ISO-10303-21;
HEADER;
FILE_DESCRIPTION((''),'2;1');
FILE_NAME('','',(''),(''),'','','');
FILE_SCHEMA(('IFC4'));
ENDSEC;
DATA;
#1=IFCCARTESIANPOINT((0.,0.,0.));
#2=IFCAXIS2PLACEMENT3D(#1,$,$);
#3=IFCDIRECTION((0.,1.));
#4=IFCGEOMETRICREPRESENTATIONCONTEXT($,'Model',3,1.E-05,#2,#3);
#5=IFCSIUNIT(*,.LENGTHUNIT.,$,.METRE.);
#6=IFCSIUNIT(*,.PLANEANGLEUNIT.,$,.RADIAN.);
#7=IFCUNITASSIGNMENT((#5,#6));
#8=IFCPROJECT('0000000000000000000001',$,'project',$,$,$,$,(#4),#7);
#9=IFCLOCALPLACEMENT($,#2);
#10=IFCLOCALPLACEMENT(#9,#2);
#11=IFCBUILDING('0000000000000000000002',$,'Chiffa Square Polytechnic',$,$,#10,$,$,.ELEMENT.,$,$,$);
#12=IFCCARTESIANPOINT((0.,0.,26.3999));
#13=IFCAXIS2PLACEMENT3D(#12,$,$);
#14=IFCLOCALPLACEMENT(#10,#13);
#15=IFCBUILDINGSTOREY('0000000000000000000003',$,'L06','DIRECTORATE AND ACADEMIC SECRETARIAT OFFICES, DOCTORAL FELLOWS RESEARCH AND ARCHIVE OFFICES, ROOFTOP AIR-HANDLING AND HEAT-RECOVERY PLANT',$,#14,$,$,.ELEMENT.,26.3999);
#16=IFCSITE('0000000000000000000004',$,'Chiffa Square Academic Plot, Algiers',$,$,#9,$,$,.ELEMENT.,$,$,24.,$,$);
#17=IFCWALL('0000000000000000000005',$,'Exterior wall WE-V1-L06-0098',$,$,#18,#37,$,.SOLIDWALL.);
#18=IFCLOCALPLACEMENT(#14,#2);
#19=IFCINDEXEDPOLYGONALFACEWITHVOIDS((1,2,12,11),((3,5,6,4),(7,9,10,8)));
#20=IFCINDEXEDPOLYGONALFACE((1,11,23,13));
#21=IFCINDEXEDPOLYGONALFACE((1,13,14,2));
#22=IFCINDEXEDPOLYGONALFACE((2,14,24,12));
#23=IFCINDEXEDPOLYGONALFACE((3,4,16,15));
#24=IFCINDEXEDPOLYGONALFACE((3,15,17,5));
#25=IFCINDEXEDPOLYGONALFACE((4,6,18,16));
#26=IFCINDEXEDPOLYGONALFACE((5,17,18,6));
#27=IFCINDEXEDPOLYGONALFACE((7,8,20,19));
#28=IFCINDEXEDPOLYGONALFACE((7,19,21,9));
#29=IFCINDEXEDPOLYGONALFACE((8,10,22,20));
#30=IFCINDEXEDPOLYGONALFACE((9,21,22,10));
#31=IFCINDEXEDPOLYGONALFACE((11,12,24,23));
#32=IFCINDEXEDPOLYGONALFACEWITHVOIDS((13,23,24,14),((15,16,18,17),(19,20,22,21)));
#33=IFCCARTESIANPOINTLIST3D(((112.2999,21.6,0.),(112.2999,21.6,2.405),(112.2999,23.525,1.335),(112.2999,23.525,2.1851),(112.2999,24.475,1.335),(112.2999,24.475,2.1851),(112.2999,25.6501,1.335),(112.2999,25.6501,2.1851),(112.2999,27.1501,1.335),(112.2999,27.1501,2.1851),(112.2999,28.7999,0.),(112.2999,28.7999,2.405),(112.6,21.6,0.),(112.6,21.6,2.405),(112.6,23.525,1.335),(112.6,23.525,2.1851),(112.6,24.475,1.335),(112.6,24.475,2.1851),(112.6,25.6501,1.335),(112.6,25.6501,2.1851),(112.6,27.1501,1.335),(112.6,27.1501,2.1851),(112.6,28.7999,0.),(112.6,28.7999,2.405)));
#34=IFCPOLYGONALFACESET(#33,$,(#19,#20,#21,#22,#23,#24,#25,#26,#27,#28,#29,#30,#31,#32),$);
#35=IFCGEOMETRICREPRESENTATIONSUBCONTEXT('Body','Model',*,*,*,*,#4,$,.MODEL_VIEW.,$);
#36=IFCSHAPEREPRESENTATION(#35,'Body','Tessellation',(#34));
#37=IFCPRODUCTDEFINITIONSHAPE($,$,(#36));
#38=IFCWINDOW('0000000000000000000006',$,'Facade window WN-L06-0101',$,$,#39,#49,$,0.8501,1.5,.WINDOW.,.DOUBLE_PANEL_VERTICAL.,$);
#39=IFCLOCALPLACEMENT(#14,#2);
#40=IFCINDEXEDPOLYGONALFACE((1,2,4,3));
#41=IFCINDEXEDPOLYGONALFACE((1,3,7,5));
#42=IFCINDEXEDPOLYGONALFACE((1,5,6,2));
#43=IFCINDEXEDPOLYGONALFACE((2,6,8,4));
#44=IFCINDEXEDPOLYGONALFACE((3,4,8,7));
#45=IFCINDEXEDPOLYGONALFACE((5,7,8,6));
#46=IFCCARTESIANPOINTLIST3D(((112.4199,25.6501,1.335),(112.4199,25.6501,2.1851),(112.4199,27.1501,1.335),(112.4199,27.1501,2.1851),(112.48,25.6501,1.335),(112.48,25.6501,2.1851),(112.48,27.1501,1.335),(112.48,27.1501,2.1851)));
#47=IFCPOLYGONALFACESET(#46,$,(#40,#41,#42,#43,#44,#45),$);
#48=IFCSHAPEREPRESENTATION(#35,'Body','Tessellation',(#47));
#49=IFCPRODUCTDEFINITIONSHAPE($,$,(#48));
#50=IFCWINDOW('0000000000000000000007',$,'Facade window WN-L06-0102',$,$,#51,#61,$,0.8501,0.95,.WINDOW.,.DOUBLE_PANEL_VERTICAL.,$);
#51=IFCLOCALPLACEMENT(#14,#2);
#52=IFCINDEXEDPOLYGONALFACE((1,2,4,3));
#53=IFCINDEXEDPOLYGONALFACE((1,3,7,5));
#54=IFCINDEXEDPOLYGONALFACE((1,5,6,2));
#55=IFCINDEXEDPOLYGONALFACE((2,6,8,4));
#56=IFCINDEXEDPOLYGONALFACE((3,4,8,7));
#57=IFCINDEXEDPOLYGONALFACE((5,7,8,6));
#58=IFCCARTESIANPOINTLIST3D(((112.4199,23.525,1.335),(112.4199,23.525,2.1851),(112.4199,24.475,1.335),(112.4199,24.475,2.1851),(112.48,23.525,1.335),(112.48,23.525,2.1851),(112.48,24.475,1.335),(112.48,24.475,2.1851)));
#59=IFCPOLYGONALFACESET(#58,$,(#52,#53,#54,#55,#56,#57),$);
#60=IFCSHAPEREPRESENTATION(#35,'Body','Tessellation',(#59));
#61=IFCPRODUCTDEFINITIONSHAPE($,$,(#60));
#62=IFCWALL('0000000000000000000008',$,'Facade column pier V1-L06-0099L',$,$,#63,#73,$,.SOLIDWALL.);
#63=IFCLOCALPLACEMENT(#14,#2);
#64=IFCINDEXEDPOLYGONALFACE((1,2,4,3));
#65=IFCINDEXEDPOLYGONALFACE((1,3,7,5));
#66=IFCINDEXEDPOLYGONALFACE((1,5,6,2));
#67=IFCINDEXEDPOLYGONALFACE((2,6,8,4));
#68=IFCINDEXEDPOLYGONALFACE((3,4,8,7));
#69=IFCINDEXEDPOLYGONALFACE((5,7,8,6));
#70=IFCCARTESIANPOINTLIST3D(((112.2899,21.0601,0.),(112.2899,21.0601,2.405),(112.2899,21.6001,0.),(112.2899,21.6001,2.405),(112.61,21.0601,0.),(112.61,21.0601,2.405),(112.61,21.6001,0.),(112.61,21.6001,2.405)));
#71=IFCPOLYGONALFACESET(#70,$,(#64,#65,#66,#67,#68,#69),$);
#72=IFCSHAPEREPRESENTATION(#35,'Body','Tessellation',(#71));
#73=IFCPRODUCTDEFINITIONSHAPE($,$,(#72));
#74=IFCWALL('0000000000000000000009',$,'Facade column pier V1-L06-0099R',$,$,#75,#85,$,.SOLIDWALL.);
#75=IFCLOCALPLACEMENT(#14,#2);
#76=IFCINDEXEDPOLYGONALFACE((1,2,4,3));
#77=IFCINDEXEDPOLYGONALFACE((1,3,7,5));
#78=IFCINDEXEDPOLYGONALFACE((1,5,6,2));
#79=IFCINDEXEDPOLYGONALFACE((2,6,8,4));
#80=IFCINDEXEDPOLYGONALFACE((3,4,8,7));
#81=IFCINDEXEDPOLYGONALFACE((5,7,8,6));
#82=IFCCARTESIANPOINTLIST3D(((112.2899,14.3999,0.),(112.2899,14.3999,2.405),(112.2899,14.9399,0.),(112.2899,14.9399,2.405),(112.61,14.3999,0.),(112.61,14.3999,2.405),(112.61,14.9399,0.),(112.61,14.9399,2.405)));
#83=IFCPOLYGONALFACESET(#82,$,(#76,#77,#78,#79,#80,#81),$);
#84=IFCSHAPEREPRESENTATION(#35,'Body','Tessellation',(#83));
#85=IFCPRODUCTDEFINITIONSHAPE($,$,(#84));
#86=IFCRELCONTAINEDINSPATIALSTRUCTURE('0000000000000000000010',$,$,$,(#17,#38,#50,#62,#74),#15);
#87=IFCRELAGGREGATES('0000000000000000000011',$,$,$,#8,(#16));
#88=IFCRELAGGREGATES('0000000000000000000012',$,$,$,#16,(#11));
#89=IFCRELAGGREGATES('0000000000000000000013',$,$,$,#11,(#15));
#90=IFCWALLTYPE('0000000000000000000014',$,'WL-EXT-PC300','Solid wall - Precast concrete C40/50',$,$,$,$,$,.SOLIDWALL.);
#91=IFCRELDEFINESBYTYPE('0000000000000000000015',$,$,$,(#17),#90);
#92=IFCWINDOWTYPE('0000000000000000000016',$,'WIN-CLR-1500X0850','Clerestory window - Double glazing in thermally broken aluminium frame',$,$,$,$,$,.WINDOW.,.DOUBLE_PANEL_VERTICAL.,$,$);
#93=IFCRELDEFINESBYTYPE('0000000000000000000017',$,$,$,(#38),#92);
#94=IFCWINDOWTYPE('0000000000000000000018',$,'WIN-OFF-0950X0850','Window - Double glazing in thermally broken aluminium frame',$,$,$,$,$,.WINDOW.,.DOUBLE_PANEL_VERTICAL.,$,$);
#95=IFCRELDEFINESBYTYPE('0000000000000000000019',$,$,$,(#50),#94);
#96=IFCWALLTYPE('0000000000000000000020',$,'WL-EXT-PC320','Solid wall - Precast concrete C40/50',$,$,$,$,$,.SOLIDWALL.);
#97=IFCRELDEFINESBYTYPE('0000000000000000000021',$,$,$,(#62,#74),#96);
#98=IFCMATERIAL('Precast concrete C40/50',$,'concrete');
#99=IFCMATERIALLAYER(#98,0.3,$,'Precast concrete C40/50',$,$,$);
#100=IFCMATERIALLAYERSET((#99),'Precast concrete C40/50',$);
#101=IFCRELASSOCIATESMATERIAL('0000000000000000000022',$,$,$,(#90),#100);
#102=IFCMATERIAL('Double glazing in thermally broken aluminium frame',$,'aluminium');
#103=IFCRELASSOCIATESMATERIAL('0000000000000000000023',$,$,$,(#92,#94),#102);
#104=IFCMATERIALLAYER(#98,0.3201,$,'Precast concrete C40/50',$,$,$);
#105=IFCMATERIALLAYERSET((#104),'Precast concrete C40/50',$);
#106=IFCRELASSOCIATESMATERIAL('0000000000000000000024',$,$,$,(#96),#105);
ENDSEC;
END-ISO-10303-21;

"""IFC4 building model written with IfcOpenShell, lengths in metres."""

from ifc_helpers import new_model, si_unit, direction, frame, frame_2d, origin, place, context, subcontext, project, spatial, rectangle, extrude, material, layer, layer_set, type_object, element, fill, save


model = new_model("IFC4")

# Units and contexts
model_context = context("Model", 3, precision=1e-05, world=origin(), true_north=direction((0.0, 1.0)))
body_context = subcontext(model_context, "Body", "Model", "MODEL_VIEW")
ifc_project = project(units=[si_unit("LENGTHUNIT", "METRE"), si_unit("PLANEANGLEUNIT", "RADIAN")], contexts=[model_context])

# Site, building, storey
site_placement = place(None, origin())
site = spatial("IfcSite", under=ifc_project, at=site_placement, Name="Chiffa Square Academic Plot, Algiers", CompositionType="ELEMENT", RefElevation=24.0)
building_placement = place(site_placement, origin())
building = spatial("IfcBuilding", under=site, at=building_placement, Name="Chiffa Square Polytechnic", CompositionType="ELEMENT")
storey_placement = place(building_placement, frame((0.0, 0.0, 26.3999)))
storey = spatial("IfcBuildingStorey", under=building, at=storey_placement, Name="L06", Description="DIRECTORATE AND ACADEMIC SECRETARIAT OFFICES, DOCTORAL FELLOWS RESEARCH AND ARCHIVE OFFICES, ROOFTOP AIR-HANDLING AND HEAT-RECOVERY PLANT", CompositionType="ELEMENT", Elevation=26.3999)

# Wall, openings, windows
ifc_material_1 = material(Name="Precast concrete C40/50", Category="concrete")
ifc_layer_1 = layer(ifc_material_1, 0.3, Name="Precast concrete C40/50")
ifc_layer_set_1 = layer_set([ifc_layer_1], Name="Precast concrete C40/50")
wall_type_1 = type_object("IfcWallType", Name="WL-EXT-PC300", Description="Solid wall - Precast concrete C40/50", PredefinedType="SOLIDWALL", material=ifc_layer_set_1)
wall_placement = place(storey_placement, frame((112.45, 28.8, 0.0), z_axis=(0.0, 0.0, 1.0), x_axis=(0.0, -1.0, 0.0)))
wall = element("IfcWall", 1, at=wall_placement, inside=storey, type_object=wall_type_1, Name="Exterior wall WE-V1-L06-0098", PredefinedType="SOLIDWALL", context=body_context, shape_type="SweptSolid", body=[
    extrude(rectangle(XDim=7.2, YDim=0.3, at=frame_2d((3.6001, 0.0))), origin(), (0.0, 0.0, 1.0), 2.405),
])
opening_1_placement = place(wall_placement, frame((1.6499, 0.0, 1.335)))
opening_1 = element("IfcOpeningElement", 2, at=opening_1_placement, cuts=wall, PredefinedType="OPENING", context=body_context, shape_type="SweptSolid", body=[
    extrude(rectangle(XDim=1.5, YDim=0.8501, at=frame_2d((0.75, 0.425))), frame((0.0, 0.1602, 0.0), z_axis=(0.0, -1.0, 0.0), x_axis=(1.0, 0.0, 0.0)), (0.0, 0.0, 1.0), 0.3201),
])
opening_2_placement = place(wall_placement, frame((4.325, 0.0, 1.335)))
opening_2 = element("IfcOpeningElement", 3, at=opening_2_placement, cuts=wall, PredefinedType="OPENING", context=body_context, shape_type="SweptSolid", body=[
    extrude(rectangle(XDim=0.95, YDim=0.8501, at=frame_2d((0.4751, 0.425))), frame((0.0, 0.1602, 0.0), z_axis=(0.0, -1.0, 0.0), x_axis=(1.0, 0.0, 0.0)), (0.0, 0.0, 1.0), 0.3201),
])
ifc_material_2 = material(Name="Double glazing in thermally broken aluminium frame", Category="aluminium")
window_type_1 = type_object("IfcWindowType", Name="WIN-CLR-1500X0850", Description="Clerestory window - Double glazing in thermally broken aluminium frame", PartitioningType="DOUBLE_PANEL_VERTICAL", PredefinedType="WINDOW", material=ifc_material_2)
window_1_placement = place(opening_1_placement, origin())
window_1 = element("IfcWindow", 4, at=window_1_placement, inside=storey, type_object=window_type_1, Name="Facade window WN-L06-0101", OverallHeight=0.8501, OverallWidth=1.5, PartitioningType="DOUBLE_PANEL_VERTICAL", PredefinedType="WINDOW", context=body_context, shape_type="SweptSolid", body=[
    extrude(rectangle(XDim=1.5, YDim=0.8501, at=frame_2d((0.75, 0.425))), frame((0.0, 0.03, 0.0), z_axis=(0.0, -1.0, 0.0), x_axis=(1.0, 0.0, 0.0)), (0.0, 0.0, 1.0), 0.0601),
])
fill(opening_1, window_1)
window_type_2 = type_object("IfcWindowType", Name="WIN-OFF-0950X0850", Description="Window - Double glazing in thermally broken aluminium frame", PartitioningType="DOUBLE_PANEL_VERTICAL", PredefinedType="WINDOW", material=ifc_material_2)
window_2_placement = place(opening_2_placement, origin())
window_2 = element("IfcWindow", 5, at=window_2_placement, inside=storey, type_object=window_type_2, Name="Facade window WN-L06-0102", OverallHeight=0.8501, OverallWidth=0.95, PartitioningType="DOUBLE_PANEL_VERTICAL", PredefinedType="WINDOW", context=body_context, shape_type="SweptSolid", body=[
    extrude(rectangle(XDim=0.95, YDim=0.8501, at=frame_2d((0.4751, 0.425))), frame((0.0, 0.03, 0.0), z_axis=(0.0, -1.0, 0.0), x_axis=(1.0, 0.0, 0.0)), (0.0, 0.0, 1.0), 0.0601),
])
fill(opening_2, window_2)

# Walls
ifc_layer_2 = layer(ifc_material_1, 0.3201, Name="Precast concrete C40/50")
ifc_layer_set_2 = layer_set([ifc_layer_2], Name="Precast concrete C40/50")
wall_type_2 = type_object("IfcWallType", Name="WL-EXT-PC320", Description="Solid wall - Precast concrete C40/50", PredefinedType="SOLIDWALL", material=ifc_layer_set_2)
for number, where, z_axis, x_axis, name in (
    (6, (112.45, 21.6001, 0.0), (0.0, 0.0, 1.0), (0.0, -1.0, 0.0), "Facade column pier V1-L06-0099L"),
    (7, (112.45, 14.9399, 0.0), (0.0, 0.0, 1.0), (0.0, -1.0, 0.0), "Facade column pier V1-L06-0099R"),
):
    element("IfcWall", number, at=place(storey_placement, frame(where, z_axis=z_axis, x_axis=x_axis)), inside=storey, type_object=wall_type_2, Name=name, PredefinedType="SOLIDWALL", context=body_context, shape_type="SweptSolid", body=[
        extrude(rectangle(XDim=0.54, YDim=0.3201, at=frame_2d((0.27, 0.0))), origin(), (0.0, 0.0, 1.0), 2.405),
    ])

save(model, "model.ifc")
